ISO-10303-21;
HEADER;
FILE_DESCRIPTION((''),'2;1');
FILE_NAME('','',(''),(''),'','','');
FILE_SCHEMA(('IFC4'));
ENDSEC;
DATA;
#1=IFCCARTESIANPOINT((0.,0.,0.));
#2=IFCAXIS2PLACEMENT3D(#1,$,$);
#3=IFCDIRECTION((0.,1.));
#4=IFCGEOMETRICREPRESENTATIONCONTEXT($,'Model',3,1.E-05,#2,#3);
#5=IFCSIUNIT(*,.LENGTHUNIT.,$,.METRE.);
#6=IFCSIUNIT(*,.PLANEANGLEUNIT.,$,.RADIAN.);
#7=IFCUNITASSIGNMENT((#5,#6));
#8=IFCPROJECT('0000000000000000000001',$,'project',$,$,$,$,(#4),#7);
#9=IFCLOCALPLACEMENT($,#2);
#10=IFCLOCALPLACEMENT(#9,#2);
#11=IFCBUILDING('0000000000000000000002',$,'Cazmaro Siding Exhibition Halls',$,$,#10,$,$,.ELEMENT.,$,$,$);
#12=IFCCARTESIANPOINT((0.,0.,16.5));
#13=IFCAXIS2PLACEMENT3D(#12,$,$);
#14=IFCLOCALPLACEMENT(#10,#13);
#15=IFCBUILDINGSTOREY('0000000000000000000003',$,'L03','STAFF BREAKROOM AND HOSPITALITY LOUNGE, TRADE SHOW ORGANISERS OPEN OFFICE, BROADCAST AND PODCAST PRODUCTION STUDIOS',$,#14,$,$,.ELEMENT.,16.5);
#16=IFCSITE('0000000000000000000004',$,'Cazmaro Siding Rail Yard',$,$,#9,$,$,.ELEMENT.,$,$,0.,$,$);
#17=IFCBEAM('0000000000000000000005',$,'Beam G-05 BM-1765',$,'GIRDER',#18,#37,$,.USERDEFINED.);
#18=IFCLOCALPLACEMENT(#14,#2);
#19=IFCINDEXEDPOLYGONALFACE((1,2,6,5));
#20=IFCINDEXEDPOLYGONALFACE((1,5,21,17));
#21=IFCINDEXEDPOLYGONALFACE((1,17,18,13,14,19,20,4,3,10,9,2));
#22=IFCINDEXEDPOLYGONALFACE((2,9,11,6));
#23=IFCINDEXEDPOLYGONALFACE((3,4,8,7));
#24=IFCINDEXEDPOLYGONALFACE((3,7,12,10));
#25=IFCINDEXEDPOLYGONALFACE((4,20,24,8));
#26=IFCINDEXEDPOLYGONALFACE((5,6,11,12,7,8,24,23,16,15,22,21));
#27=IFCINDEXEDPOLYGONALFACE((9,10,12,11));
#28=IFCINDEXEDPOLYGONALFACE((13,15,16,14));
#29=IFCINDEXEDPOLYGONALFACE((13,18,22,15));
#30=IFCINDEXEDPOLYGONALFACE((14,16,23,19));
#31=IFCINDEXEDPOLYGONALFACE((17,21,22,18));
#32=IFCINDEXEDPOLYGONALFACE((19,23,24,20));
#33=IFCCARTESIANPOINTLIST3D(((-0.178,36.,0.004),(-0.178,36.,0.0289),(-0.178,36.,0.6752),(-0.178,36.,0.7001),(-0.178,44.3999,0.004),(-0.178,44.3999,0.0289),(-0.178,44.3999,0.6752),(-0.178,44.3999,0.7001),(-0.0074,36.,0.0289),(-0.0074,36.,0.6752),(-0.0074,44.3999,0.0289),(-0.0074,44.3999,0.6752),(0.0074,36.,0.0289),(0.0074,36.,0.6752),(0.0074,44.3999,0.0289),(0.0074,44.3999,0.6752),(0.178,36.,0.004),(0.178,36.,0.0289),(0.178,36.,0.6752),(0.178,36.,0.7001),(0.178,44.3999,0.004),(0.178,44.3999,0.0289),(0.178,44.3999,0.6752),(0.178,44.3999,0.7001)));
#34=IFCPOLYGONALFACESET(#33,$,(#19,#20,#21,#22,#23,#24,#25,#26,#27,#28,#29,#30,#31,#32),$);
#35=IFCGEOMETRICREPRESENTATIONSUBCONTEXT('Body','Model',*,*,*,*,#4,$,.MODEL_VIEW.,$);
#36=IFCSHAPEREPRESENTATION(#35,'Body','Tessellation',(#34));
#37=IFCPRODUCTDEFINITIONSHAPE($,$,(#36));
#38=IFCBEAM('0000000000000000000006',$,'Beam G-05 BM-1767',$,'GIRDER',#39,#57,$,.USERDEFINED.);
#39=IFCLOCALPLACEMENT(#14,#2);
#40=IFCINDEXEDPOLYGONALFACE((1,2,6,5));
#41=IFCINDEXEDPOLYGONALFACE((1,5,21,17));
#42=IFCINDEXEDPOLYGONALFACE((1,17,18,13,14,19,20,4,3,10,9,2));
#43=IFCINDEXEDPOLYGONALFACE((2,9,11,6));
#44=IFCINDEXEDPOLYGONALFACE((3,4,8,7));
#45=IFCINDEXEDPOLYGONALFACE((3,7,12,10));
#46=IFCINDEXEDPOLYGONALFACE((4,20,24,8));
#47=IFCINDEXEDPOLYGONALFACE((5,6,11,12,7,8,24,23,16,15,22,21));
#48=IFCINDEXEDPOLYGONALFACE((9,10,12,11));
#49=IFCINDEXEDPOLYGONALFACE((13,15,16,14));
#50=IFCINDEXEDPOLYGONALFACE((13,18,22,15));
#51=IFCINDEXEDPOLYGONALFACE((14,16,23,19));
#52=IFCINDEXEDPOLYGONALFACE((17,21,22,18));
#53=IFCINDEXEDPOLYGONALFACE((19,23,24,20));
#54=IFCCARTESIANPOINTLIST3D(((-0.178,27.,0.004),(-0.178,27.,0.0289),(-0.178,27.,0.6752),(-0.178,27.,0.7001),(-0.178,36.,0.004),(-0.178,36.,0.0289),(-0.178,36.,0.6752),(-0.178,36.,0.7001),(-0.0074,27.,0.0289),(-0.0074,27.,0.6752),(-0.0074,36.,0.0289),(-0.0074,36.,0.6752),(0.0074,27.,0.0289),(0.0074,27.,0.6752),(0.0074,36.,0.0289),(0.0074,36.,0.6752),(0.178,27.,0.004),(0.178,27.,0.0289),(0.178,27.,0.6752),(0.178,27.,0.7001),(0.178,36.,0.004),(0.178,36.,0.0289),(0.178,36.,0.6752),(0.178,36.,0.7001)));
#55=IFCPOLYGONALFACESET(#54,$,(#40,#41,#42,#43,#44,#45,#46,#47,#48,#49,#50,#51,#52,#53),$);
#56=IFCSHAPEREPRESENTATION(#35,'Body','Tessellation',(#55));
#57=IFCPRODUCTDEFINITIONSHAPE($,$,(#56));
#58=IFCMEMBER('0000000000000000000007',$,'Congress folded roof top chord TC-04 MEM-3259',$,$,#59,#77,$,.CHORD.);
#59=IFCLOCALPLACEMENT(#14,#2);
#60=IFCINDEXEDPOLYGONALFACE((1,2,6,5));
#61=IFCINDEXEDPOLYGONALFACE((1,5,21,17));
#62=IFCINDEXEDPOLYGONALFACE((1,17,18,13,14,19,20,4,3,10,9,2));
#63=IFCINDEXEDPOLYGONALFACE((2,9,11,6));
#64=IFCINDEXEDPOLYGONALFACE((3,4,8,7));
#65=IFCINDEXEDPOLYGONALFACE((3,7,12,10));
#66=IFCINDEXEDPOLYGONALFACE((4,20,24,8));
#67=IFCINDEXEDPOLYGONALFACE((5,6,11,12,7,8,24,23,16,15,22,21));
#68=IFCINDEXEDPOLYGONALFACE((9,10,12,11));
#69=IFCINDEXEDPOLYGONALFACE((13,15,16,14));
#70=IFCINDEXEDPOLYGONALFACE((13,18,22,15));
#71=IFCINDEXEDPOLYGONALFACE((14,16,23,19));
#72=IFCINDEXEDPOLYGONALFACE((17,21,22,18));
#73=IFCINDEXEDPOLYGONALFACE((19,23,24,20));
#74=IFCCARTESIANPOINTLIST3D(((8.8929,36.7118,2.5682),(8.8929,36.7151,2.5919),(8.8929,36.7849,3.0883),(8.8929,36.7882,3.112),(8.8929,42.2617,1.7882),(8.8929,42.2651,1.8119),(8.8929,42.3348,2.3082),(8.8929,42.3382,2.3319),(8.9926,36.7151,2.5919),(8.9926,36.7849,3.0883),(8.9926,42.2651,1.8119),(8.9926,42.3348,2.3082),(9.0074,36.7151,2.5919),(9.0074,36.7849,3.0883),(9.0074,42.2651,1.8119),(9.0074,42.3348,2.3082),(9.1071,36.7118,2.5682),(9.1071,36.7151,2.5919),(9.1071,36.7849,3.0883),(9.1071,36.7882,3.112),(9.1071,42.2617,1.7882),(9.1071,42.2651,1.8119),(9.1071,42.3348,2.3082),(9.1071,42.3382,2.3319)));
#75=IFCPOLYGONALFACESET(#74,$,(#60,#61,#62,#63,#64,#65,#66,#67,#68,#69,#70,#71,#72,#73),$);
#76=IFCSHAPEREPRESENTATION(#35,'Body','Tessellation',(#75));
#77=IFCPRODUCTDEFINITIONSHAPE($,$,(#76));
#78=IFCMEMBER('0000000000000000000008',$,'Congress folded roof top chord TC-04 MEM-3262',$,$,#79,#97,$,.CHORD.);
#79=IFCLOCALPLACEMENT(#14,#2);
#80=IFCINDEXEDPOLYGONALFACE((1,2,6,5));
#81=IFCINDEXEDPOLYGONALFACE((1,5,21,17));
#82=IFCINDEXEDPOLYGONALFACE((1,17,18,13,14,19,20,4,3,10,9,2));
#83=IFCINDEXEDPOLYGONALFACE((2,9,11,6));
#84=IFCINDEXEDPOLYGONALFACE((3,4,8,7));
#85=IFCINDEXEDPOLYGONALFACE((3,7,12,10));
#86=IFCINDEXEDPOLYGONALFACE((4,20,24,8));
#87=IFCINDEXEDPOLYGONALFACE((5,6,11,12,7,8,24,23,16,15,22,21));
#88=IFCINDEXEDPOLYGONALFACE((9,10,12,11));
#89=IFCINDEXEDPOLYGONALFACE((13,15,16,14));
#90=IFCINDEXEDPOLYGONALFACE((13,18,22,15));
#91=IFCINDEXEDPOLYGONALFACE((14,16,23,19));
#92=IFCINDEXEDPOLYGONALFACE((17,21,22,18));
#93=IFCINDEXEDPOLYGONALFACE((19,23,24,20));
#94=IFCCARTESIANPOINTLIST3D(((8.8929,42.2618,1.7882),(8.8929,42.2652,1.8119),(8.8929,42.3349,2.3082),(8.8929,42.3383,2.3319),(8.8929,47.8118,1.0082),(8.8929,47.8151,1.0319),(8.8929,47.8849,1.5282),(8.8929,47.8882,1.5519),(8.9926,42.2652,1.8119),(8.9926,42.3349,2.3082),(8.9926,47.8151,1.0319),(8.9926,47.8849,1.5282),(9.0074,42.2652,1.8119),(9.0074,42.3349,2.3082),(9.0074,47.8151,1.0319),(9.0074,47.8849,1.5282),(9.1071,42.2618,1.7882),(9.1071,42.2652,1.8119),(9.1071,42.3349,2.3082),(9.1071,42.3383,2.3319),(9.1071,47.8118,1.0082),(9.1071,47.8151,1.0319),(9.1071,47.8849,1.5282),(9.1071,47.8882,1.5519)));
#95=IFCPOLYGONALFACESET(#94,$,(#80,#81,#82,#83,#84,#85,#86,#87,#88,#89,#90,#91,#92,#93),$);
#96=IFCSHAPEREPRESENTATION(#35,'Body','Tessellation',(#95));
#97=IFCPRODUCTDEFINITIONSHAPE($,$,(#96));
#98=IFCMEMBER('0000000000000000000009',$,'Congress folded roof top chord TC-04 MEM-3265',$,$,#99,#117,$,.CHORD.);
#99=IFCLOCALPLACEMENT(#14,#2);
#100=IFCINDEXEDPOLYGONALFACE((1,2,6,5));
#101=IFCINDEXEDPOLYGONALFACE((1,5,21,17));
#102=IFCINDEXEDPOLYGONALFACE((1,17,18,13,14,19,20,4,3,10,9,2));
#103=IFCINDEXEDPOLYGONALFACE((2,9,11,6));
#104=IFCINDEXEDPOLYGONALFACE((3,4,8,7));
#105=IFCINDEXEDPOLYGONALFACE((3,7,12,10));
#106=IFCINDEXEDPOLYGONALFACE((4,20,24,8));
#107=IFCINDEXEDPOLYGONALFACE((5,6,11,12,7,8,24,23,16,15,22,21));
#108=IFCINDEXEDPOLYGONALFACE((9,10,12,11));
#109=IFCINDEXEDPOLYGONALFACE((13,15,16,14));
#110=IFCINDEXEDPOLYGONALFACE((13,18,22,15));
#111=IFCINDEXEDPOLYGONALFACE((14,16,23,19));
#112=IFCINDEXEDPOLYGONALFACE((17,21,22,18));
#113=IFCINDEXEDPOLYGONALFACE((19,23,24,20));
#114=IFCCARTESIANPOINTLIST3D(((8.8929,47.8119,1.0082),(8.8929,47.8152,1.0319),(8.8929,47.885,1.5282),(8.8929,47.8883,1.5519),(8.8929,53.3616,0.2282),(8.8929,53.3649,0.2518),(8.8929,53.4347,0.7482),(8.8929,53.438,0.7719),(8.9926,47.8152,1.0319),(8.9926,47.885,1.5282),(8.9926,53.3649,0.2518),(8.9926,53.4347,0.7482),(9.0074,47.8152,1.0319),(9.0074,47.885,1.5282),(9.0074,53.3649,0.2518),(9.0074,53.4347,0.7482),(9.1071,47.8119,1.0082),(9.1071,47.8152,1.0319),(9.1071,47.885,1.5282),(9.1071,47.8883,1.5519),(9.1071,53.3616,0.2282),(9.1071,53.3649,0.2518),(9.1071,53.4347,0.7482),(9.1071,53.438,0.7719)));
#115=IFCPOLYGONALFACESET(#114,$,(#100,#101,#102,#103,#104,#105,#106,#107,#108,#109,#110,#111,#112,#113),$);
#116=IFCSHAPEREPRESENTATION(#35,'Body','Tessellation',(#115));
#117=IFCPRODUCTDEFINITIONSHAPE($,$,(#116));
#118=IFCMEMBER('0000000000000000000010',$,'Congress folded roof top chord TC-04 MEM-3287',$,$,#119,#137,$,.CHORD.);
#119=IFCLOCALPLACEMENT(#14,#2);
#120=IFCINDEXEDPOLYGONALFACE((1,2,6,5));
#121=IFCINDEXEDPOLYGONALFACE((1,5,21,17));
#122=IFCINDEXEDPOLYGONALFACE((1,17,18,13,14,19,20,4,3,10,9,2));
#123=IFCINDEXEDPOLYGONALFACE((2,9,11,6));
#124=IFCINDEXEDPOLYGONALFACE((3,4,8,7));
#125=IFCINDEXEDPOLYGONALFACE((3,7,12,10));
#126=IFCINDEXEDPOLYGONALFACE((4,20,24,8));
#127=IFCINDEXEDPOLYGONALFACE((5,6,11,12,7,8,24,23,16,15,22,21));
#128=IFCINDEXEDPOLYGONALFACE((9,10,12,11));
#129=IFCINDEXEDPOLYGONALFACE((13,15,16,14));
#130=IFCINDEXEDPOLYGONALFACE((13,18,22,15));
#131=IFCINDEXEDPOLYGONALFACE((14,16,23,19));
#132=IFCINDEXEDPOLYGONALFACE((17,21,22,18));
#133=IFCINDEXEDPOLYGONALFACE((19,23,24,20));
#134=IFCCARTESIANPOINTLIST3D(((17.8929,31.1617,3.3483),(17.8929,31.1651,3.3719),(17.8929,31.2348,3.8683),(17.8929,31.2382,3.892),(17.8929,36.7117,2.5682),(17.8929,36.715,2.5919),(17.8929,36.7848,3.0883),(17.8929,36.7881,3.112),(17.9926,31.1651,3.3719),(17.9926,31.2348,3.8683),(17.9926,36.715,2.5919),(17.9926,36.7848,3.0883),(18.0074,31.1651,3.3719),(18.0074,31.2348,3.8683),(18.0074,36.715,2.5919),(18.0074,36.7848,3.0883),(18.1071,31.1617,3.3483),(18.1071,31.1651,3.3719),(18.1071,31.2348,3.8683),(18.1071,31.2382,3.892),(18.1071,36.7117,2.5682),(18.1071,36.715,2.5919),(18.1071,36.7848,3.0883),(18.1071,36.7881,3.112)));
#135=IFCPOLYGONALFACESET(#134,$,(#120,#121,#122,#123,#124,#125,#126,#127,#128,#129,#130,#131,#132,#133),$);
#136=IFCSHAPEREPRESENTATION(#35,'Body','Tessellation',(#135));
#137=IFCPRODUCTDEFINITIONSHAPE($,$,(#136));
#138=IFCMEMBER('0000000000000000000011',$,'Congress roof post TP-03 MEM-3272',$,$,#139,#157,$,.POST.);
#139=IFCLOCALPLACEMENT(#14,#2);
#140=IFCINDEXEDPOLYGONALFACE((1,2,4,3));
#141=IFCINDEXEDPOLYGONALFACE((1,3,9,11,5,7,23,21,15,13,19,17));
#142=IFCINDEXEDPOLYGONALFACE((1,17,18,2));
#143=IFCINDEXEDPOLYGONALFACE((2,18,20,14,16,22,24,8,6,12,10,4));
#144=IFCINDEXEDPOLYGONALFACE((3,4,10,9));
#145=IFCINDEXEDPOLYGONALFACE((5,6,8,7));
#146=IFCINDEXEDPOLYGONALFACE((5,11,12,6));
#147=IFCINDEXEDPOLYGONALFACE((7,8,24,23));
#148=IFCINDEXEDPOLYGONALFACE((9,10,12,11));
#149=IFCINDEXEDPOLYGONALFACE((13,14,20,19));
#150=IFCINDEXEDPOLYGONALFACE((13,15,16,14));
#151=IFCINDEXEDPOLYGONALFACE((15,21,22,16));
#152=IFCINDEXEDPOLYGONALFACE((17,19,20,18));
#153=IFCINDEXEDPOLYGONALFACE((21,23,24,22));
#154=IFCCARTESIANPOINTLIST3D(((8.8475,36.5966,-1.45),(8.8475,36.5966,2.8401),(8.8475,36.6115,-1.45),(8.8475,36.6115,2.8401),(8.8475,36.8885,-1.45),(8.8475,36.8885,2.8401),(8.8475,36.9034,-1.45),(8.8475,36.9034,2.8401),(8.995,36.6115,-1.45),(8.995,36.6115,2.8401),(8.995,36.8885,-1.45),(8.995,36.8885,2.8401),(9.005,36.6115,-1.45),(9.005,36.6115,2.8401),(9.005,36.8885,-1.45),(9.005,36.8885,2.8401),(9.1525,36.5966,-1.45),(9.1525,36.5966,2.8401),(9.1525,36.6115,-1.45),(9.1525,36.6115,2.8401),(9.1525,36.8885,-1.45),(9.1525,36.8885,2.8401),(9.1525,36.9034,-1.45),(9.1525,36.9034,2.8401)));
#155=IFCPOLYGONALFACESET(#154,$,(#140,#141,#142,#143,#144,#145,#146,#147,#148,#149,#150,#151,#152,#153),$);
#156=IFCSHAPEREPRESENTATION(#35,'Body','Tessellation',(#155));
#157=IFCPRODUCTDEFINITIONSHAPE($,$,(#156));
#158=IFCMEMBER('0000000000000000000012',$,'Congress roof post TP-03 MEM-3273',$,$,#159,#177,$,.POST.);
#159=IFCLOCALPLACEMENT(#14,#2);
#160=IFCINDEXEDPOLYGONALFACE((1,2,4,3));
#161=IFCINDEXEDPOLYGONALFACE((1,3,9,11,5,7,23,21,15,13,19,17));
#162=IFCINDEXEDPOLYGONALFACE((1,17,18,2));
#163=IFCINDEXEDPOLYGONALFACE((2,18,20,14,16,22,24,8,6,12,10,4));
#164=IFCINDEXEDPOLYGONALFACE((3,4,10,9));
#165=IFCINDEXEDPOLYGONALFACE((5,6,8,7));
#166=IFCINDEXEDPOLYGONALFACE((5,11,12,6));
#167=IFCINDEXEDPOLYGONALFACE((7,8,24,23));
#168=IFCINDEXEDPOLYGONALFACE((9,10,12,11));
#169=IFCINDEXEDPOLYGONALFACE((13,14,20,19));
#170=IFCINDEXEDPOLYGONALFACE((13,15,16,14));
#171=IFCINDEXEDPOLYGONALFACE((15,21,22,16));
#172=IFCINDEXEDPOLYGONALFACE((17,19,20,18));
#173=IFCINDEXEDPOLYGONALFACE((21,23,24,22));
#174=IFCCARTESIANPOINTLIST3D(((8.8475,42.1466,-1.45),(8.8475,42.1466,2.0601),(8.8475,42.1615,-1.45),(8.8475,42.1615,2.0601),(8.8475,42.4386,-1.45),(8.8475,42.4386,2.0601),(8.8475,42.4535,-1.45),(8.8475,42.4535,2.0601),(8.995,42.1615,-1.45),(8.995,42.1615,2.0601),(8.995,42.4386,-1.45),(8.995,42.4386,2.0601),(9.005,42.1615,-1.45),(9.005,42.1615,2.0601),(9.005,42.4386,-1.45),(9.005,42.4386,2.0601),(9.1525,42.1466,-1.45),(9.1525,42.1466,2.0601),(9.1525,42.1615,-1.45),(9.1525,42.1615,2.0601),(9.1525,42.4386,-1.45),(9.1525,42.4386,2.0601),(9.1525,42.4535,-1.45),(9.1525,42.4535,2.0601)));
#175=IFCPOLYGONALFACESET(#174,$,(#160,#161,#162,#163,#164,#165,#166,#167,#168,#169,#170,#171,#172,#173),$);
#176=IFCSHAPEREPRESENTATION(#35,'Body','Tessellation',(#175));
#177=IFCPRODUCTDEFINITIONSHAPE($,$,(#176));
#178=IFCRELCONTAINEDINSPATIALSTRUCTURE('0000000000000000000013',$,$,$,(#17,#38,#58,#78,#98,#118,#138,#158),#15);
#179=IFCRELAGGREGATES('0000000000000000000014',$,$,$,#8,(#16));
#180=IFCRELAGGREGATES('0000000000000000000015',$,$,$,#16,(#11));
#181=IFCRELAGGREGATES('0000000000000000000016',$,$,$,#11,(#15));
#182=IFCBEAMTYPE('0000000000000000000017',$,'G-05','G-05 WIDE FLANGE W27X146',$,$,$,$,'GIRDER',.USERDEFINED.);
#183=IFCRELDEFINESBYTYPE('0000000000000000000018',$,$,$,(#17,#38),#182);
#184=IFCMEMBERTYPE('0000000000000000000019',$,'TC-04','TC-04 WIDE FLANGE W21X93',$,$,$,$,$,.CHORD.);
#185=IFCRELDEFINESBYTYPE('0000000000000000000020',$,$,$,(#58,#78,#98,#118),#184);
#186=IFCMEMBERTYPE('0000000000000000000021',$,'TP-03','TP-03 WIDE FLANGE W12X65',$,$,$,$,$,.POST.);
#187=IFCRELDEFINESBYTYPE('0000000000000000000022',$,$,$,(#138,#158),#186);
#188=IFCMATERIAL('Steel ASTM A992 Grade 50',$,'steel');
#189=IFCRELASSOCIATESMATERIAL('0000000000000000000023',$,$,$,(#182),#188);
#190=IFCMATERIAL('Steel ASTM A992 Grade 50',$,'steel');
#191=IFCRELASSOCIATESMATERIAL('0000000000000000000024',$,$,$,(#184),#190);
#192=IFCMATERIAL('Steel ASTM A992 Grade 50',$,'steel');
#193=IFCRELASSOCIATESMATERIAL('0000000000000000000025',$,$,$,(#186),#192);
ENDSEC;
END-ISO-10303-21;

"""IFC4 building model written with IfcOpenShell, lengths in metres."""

from ifc_helpers import new_model, si_unit, direction, frame, origin, origin_2d, place, context, subcontext, project, spatial, i_section, extrude, material, material_profile, profile_set, type_object, element, save


model = new_model("IFC4")

# Units and contexts
model_context = context("Model", 3, precision=1e-05, world=origin(), true_north=direction((0.0, 1.0)))
body_context = subcontext(model_context, "Body", "Model", "MODEL_VIEW")
ifc_project = project(units=[si_unit("LENGTHUNIT", "METRE"), si_unit("PLANEANGLEUNIT", "RADIAN")], contexts=[model_context])

# Site, building, storey
site_placement = place(None, origin())
site = spatial("IfcSite", under=ifc_project, at=site_placement, Name="Cazmaro Siding Rail Yard", CompositionType="ELEMENT", RefElevation=0.0)
building_placement = place(site_placement, origin())
building = spatial("IfcBuilding", under=site, at=building_placement, Name="Cazmaro Siding Exhibition Halls", CompositionType="ELEMENT")
storey_placement = place(building_placement, frame((0.0, 0.0, 16.5)))
storey = spatial("IfcBuildingStorey", under=building, at=storey_placement, Name="L03", Description="STAFF BREAKROOM AND HOSPITALITY LOUNGE, TRADE SHOW ORGANISERS OPEN OFFICE, BROADCAST AND PODCAST PRODUCTION STUDIOS", CompositionType="ELEMENT", Elevation=16.5)

# Beams
ifc_material_1 = material(Name="Steel ASTM A992 Grade 50", Category="steel")
ifc_material_profile_1 = material_profile(ifc_material_1, i_section(OverallWidth=0.356, OverallDepth=0.696, WebThickness=0.0149, FlangeThickness=0.0249, at=origin_2d()), Name="W27X146")
ifc_profile_set_1 = profile_set([ifc_material_profile_1], Name="Steel ASTM A992 Grade 50")
beam_type = type_object("IfcBeamType", Name="G-05", Description="G-05 WIDE FLANGE W27X146", ElementType="GIRDER", PredefinedType="USERDEFINED", material=ifc_profile_set_1)
beam_1_placement = place(storey_placement, frame((0.0, 44.3999, 0.3521), z_axis=(0.0, -1.0, 0.0), x_axis=(1.0, 0.0, 0.0)))
element("IfcBeam", 1, at=beam_1_placement, inside=storey, type_object=beam_type, Name="Beam G-05 BM-1765", ObjectType="GIRDER", PredefinedType="USERDEFINED", context=body_context, shape_type="SweptSolid", body=[
    extrude(i_section(OverallWidth=0.356, OverallDepth=0.696, WebThickness=0.0149, FlangeThickness=0.0249, at=origin_2d()), origin(), (0.0, 0.0, 1.0), 8.3999),
])
beam_2_placement = place(storey_placement, frame((0.0, 36.0, 0.3521), z_axis=(0.0, -1.0, 0.0), x_axis=(1.0, 0.0, 0.0)))
element("IfcBeam", 2, at=beam_2_placement, inside=storey, type_object=beam_type, Name="Beam G-05 BM-1767", ObjectType="GIRDER", PredefinedType="USERDEFINED", context=body_context, shape_type="SweptSolid", body=[
    extrude(i_section(OverallWidth=0.356, OverallDepth=0.696, WebThickness=0.0149, FlangeThickness=0.0249, at=origin_2d()), origin(), (0.0, 0.0, 1.0), 9.0),
])

# Members
ifc_material_2 = material(Name="Steel ASTM A992 Grade 50", Category="steel")
ifc_material_profile_2 = material_profile(ifc_material_2, i_section(OverallWidth=0.2141, OverallDepth=0.5491, WebThickness=0.0149, FlangeThickness=0.0239, at=origin_2d()), Name="W21X93")
ifc_profile_set_2 = profile_set([ifc_material_profile_2], Name="Steel ASTM A992 Grade 50")
member_type_1 = type_object("IfcMemberType", Name="TC-04", Description="TC-04 WIDE FLANGE W21X93", PredefinedType="CHORD", material=ifc_profile_set_2)
for number, where, z_axis, x_axis, name in (
    (3, (9.0, 36.75, 2.8401), (0.0, 0.990268, -0.139177), (-1.0, 0.0, 0.0), "Congress folded roof top chord TC-04 MEM-3259"),
    (4, (9.0, 42.3, 2.0601), (0.0, 0.990268, -0.139177), (-1.0, 0.0, 0.0), "Congress folded roof top chord TC-04 MEM-3262"),
):
    element("IfcMember", number, at=place(storey_placement, frame(where, z_axis=z_axis, x_axis=x_axis)), inside=storey, type_object=member_type_1, Name=name, PredefinedType="CHORD", context=body_context, shape_type="SweptSolid", body=[
        extrude(i_section(OverallWidth=0.2141, OverallDepth=0.5491, WebThickness=0.0149, FlangeThickness=0.0239, at=origin_2d()), origin(), (0.0, 0.0, 1.0), 5.6045),
    ])
member_1_placement = place(storey_placement, frame((9.0, 47.8501, 1.28), z_axis=(0.0, 0.990267, -0.139183), x_axis=(-1.0, 0.0, 0.0)))
element("IfcMember", 5, at=member_1_placement, inside=storey, type_object=member_type_1, Name="Congress folded roof top chord TC-04 MEM-3265", PredefinedType="CHORD", context=body_context, shape_type="SweptSolid", body=[
    extrude(i_section(OverallWidth=0.2141, OverallDepth=0.5491, WebThickness=0.0149, FlangeThickness=0.0239, at=origin_2d()), origin(), (0.0, 0.0, 1.0), 5.6042),
])
member_2_placement = place(storey_placement, frame((18.0, 31.2, 3.6201), z_axis=(0.0, 0.990268, -0.139177), x_axis=(-1.0, 0.0, 0.0)))
element("IfcMember", 6, at=member_2_placement, inside=storey, type_object=member_type_1, Name="Congress folded roof top chord TC-04 MEM-3287", PredefinedType="CHORD", context=body_context, shape_type="SweptSolid", body=[
    extrude(i_section(OverallWidth=0.2141, OverallDepth=0.5491, WebThickness=0.0149, FlangeThickness=0.0239, at=origin_2d()), origin(), (0.0, 0.0, 1.0), 5.6045),
])
ifc_material_3 = material(Name="Steel ASTM A992 Grade 50", Category="steel")
ifc_material_profile_3 = material_profile(ifc_material_3, i_section(OverallWidth=0.3049, OverallDepth=0.3069, WebThickness=0.01, FlangeThickness=0.0149, at=origin_2d()), Name="W12X65")
ifc_profile_set_3 = profile_set([ifc_material_profile_3], Name="Steel ASTM A992 Grade 50")
member_type_2 = type_object("IfcMemberType", Name="TP-03", Description="TP-03 WIDE FLANGE W12X65", PredefinedType="POST", material=ifc_profile_set_3)
member_3_placement = place(storey_placement, frame((9.0, 36.75, -1.45), z_axis=(0.0, 0.0, 1.0), x_axis=(1.0, 0.0, 0.0)))
element("IfcMember", 7, at=member_3_placement, inside=storey, type_object=member_type_2, Name="Congress roof post TP-03 MEM-3272", PredefinedType="POST", context=body_context, shape_type="SweptSolid", body=[
    extrude(i_section(OverallWidth=0.3049, OverallDepth=0.3069, WebThickness=0.01, FlangeThickness=0.0149, at=origin_2d()), origin(), (0.0, 0.0, 1.0), 4.29),
])
member_4_placement = place(storey_placement, frame((9.0, 42.3, -1.45), z_axis=(0.0, 0.0, 1.0), x_axis=(1.0, 0.0, 0.0)))
element("IfcMember", 8, at=member_4_placement, inside=storey, type_object=member_type_2, Name="Congress roof post TP-03 MEM-3273", PredefinedType="POST", context=body_context, shape_type="SweptSolid", body=[
    extrude(i_section(OverallWidth=0.3049, OverallDepth=0.3069, WebThickness=0.01, FlangeThickness=0.0149, at=origin_2d()), origin(), (0.0, 0.0, 1.0), 3.51),
])

save(model, "model.ifc")
